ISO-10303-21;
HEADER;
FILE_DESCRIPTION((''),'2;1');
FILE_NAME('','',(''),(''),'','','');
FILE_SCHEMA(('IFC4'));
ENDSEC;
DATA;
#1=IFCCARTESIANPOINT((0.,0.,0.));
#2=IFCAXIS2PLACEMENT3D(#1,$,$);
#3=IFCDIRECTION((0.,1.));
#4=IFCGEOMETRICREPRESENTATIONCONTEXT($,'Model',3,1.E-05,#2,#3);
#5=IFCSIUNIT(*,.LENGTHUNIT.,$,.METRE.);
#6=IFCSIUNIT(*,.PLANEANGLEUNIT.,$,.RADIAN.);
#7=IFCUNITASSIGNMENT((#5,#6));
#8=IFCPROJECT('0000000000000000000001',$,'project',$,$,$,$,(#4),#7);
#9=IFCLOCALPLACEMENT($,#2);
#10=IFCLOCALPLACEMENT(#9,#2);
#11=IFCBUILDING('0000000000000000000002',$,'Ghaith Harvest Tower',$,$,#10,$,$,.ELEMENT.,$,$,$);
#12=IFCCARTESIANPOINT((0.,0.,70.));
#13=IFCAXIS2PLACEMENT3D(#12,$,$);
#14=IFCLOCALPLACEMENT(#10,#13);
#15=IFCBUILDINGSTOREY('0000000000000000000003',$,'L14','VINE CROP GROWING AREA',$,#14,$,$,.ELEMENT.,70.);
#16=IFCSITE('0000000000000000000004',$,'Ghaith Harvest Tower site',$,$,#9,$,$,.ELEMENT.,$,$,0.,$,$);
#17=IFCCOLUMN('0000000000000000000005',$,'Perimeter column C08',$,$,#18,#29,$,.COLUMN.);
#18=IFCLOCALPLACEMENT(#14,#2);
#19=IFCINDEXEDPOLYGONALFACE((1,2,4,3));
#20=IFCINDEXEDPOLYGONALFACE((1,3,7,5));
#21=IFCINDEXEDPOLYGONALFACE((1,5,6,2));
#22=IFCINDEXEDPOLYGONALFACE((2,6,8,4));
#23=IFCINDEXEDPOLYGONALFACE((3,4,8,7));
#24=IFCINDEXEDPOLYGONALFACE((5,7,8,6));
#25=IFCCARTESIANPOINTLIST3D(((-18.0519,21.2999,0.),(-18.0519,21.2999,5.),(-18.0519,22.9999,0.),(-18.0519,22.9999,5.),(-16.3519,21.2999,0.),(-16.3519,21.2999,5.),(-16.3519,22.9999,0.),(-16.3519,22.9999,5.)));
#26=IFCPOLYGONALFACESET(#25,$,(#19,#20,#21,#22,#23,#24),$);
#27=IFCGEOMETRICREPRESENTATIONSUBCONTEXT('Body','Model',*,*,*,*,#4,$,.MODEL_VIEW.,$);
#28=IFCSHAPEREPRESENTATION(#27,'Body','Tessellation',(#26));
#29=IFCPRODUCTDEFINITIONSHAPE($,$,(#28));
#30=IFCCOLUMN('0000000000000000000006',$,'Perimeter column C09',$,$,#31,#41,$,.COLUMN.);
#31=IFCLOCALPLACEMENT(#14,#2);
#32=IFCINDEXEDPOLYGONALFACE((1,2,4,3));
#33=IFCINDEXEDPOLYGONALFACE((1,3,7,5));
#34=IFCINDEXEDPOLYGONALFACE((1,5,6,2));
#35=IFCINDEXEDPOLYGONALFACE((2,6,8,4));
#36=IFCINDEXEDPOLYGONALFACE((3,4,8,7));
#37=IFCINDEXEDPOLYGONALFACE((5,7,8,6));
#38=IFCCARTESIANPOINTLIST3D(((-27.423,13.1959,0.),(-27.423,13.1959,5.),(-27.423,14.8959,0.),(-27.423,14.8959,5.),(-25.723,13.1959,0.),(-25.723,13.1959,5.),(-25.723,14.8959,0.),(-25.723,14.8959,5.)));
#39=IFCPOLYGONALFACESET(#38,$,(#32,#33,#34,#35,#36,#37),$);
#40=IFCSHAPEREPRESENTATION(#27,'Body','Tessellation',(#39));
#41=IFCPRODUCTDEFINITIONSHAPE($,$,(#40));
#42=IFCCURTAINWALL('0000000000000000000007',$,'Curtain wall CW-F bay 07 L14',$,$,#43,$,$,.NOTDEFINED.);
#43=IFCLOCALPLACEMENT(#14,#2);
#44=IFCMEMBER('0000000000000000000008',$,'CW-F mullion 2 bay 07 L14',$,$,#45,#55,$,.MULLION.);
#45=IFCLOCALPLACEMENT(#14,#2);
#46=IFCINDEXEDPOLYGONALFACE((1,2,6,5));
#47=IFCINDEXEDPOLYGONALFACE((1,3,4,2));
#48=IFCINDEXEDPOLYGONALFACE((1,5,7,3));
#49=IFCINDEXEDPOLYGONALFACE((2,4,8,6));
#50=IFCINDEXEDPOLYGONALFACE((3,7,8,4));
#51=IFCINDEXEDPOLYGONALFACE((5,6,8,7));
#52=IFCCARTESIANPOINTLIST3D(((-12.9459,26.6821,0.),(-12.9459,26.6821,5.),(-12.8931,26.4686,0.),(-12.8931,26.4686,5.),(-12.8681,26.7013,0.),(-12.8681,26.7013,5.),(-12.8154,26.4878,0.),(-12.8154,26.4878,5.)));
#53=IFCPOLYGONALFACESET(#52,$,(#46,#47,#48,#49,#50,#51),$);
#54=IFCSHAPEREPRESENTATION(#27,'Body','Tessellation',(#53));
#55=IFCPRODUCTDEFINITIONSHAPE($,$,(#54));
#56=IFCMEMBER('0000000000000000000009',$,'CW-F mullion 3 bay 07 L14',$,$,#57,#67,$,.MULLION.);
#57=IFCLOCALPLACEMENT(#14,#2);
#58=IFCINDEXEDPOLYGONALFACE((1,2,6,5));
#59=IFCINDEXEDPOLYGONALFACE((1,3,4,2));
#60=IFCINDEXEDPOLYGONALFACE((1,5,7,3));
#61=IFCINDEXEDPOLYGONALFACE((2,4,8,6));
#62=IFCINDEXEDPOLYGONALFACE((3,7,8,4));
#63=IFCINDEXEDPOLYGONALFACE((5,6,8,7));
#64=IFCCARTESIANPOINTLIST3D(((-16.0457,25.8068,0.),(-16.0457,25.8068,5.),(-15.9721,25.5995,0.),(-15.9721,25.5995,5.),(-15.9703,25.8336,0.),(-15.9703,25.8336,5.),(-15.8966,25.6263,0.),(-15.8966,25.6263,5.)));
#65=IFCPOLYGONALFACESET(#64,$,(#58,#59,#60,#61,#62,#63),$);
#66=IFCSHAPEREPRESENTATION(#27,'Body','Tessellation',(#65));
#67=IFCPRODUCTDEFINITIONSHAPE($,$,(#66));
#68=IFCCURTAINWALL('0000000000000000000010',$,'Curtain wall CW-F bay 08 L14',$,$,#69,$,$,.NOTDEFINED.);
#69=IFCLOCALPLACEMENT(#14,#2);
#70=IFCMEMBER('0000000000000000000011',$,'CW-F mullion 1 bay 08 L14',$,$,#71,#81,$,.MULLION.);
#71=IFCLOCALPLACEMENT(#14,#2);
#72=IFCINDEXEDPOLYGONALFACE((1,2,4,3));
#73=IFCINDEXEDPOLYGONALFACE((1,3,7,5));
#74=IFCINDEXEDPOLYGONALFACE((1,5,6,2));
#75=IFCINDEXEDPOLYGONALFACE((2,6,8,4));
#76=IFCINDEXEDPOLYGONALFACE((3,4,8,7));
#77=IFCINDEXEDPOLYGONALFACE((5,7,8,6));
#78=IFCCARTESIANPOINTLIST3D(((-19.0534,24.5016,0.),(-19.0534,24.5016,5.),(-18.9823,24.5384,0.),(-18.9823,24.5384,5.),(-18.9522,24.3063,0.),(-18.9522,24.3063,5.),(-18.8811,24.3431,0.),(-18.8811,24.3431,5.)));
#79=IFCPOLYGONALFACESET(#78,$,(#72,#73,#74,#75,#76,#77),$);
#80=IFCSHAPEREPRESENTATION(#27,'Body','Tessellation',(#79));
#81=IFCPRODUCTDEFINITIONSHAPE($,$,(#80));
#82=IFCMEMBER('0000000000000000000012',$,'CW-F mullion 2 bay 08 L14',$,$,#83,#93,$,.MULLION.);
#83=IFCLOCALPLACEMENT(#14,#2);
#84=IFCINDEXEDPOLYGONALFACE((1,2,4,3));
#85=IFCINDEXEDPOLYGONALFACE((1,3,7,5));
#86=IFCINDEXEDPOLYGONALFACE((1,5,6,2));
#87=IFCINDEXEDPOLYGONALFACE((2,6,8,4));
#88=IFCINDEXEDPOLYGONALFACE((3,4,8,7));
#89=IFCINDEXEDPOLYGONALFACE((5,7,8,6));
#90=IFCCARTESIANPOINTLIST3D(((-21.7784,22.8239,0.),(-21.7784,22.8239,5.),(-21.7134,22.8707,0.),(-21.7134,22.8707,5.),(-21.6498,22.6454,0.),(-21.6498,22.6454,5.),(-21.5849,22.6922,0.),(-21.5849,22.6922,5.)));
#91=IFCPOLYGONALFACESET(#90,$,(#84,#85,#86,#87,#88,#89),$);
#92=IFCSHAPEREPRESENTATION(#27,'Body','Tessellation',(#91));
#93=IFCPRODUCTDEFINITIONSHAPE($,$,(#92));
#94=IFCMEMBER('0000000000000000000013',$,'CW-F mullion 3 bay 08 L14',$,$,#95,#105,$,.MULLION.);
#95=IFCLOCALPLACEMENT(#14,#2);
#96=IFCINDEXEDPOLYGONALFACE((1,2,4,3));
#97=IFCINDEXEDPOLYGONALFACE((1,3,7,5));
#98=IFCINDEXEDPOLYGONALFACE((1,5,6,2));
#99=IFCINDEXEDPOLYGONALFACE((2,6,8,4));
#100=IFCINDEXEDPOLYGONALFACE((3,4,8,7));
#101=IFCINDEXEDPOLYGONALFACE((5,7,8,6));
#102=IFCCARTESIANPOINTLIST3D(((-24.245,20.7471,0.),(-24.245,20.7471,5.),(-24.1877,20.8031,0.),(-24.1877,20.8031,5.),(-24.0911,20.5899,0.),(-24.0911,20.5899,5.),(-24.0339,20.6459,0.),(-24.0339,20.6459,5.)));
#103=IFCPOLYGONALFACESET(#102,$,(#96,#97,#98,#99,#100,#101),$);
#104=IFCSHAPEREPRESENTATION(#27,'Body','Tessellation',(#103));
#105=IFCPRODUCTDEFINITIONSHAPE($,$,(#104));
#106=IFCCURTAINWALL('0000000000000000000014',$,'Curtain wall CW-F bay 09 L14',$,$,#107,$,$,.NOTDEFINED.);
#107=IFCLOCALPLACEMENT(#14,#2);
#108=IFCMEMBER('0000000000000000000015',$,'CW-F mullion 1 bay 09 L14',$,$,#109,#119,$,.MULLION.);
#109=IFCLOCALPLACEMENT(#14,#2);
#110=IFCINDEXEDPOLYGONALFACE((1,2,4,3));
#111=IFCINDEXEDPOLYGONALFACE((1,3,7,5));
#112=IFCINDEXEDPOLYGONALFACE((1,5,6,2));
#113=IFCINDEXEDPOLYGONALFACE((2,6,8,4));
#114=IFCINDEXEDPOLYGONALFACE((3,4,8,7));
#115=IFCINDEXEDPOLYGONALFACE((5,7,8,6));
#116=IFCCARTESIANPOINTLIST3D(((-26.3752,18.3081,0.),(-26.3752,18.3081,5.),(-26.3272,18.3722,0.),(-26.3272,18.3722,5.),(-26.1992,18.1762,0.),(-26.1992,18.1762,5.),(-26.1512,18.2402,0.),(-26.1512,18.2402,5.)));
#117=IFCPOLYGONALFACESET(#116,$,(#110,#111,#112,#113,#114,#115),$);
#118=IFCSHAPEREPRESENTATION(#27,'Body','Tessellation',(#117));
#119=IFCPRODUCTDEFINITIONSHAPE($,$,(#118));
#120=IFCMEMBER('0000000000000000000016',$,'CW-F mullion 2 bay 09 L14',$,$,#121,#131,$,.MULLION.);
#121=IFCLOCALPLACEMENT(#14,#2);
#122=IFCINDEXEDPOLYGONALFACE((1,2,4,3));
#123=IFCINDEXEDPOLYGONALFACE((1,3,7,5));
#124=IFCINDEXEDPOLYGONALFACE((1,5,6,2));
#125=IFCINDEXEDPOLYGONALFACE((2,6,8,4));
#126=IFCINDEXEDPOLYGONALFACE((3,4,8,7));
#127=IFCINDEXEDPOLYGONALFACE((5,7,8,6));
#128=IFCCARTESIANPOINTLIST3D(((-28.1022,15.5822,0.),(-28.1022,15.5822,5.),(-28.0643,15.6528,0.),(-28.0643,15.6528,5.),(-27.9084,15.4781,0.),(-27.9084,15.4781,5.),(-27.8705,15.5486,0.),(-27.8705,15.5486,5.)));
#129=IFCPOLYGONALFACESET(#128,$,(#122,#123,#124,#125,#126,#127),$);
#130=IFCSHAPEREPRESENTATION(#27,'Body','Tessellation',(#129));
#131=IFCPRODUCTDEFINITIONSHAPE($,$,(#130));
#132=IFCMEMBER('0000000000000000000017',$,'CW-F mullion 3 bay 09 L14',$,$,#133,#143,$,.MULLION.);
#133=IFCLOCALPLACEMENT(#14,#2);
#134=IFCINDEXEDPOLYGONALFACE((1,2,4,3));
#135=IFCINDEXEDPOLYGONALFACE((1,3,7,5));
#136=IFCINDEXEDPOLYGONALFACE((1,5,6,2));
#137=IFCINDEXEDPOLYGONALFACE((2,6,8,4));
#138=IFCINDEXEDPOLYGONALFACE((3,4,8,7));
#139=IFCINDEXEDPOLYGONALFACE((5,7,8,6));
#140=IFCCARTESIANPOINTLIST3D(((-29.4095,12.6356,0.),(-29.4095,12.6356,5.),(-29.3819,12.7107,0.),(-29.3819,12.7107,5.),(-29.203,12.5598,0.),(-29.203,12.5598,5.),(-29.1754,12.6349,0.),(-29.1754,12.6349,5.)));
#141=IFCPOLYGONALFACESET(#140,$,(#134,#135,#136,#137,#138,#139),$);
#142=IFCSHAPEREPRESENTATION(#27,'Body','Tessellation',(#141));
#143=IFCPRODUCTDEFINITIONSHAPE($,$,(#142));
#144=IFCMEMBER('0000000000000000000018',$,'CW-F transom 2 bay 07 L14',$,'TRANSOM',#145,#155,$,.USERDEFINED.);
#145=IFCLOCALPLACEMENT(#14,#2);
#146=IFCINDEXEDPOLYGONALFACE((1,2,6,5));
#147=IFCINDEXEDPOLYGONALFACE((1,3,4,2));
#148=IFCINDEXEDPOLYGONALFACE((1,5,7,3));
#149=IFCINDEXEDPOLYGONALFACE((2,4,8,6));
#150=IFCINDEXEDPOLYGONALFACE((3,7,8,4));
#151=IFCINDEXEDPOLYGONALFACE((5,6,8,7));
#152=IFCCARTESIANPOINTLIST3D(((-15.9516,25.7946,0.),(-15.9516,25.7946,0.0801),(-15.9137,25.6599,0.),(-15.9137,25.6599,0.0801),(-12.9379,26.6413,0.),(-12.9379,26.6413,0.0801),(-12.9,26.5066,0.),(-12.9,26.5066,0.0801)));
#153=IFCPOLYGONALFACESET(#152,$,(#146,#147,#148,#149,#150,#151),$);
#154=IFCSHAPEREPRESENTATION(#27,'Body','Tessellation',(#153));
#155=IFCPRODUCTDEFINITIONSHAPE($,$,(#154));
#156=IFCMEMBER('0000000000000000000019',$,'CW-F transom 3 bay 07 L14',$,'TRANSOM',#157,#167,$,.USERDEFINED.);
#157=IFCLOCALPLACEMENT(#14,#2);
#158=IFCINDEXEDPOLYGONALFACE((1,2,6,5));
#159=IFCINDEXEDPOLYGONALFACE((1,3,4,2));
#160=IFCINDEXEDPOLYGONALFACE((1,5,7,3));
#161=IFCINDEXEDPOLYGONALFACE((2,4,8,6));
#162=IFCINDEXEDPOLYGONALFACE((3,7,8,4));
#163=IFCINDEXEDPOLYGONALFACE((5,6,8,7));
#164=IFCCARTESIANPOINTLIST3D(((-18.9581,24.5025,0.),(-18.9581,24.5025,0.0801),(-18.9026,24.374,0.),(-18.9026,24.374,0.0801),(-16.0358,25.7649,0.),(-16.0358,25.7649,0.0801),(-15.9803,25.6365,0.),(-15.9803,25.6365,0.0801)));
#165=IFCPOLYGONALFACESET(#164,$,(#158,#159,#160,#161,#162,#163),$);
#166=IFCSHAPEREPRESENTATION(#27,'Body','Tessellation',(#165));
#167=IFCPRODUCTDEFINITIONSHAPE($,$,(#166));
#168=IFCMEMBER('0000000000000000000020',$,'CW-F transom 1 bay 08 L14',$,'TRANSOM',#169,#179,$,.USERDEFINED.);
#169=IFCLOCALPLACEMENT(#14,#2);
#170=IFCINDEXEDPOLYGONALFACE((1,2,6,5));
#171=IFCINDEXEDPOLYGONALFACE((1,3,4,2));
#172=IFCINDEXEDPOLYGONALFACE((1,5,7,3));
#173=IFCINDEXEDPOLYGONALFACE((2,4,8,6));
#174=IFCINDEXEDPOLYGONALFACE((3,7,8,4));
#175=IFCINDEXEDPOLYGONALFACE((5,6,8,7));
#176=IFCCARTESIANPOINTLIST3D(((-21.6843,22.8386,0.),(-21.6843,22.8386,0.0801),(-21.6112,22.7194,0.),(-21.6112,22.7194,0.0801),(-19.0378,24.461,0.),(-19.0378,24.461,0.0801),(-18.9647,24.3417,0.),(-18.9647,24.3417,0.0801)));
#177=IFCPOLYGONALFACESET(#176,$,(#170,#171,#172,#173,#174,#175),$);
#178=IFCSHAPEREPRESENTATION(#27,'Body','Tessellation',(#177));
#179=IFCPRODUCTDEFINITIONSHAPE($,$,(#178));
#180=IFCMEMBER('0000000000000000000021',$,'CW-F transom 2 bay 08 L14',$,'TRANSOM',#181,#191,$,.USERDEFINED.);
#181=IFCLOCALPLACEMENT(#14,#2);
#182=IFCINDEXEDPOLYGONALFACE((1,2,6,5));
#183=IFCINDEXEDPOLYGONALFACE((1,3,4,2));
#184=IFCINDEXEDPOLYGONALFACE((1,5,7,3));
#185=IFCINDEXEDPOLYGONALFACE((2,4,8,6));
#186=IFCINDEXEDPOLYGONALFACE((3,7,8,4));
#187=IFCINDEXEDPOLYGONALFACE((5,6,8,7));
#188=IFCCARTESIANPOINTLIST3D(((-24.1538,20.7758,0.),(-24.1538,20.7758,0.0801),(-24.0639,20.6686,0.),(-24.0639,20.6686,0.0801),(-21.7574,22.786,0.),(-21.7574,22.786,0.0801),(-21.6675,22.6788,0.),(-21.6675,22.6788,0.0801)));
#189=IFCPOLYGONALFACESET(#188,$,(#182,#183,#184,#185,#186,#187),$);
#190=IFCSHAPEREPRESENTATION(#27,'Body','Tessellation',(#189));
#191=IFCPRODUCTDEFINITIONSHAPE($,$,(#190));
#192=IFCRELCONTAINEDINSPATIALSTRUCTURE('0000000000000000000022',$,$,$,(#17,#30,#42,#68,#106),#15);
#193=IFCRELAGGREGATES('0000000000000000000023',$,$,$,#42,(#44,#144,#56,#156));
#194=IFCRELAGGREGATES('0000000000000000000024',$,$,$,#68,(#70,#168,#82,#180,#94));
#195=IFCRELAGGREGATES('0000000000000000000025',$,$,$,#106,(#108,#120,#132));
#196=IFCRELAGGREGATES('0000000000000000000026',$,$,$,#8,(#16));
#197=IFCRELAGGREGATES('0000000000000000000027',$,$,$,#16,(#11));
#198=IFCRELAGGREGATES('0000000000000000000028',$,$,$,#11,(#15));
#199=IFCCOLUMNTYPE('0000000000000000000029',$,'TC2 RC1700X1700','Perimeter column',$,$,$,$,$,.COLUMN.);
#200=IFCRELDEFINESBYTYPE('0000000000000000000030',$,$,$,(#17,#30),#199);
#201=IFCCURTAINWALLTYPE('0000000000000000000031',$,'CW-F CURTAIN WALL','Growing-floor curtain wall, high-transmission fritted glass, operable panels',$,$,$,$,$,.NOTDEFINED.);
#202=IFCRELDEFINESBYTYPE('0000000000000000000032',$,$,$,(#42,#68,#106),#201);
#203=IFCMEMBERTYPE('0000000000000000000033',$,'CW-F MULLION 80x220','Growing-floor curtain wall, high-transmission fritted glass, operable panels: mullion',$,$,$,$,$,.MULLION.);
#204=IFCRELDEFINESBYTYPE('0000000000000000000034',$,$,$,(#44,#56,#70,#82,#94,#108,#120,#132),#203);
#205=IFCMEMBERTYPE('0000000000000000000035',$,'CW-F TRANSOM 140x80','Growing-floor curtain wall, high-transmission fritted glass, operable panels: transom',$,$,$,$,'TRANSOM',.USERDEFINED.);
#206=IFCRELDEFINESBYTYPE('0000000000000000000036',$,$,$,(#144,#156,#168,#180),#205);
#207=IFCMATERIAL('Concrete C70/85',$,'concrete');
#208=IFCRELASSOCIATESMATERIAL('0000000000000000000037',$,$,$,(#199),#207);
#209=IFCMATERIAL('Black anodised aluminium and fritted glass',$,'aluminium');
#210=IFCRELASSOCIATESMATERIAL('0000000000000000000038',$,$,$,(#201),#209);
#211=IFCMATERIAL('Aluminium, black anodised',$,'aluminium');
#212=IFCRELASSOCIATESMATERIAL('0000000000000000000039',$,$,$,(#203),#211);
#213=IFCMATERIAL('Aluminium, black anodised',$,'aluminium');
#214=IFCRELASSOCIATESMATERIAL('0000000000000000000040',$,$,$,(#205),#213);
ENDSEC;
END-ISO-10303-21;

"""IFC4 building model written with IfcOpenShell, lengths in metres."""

from ifc_helpers import new_model, si_unit, direction, frame, origin, origin_2d, place, context, subcontext, project, spatial, rectangle, extrude, material, material_profile, profile_set, type_object, element, aggregate, save


model = new_model("IFC4")

# Units and contexts
model_context = context("Model", 3, precision=1e-05, world=origin(), true_north=direction((0.0, 1.0)))
body_context = subcontext(model_context, "Body", "Model", "MODEL_VIEW")
ifc_project = project(units=[si_unit("LENGTHUNIT", "METRE"), si_unit("PLANEANGLEUNIT", "RADIAN")], contexts=[model_context])

# Site, building, storey
site_placement = place(None, origin())
site = spatial("IfcSite", under=ifc_project, at=site_placement, Name="Ghaith Harvest Tower site", CompositionType="ELEMENT", RefElevation=0.0)
building_placement = place(site_placement, origin())
building = spatial("IfcBuilding", under=site, at=building_placement, Name="Ghaith Harvest Tower", CompositionType="ELEMENT")
storey_placement = place(building_placement, frame((0.0, 0.0, 70.0)))
storey = spatial("IfcBuildingStorey", under=building, at=storey_placement, Name="L14", Description="VINE CROP GROWING AREA", CompositionType="ELEMENT", Elevation=70.0)

# Columns
ifc_material_1 = material(Name="Concrete C70/85", Category="concrete")
ifc_material_profile_1 = material_profile(ifc_material_1, rectangle(XDim=1.7, YDim=1.7, at=origin_2d()), Name="RC1700X1700")
ifc_profile_set_1 = profile_set([ifc_material_profile_1], Name="Concrete C70/85")
column_type = type_object("IfcColumnType", Name="TC2 RC1700X1700", Description="Perimeter column", PredefinedType="COLUMN", material=ifc_profile_set_1)
for number, where, z_axis, x_axis, name in (
    (1, (-17.2019, 22.1499, 0.0), (0.0, 0.0, 1.0), (1.0, 0.0, 0.0), "Perimeter column C08"),
    (2, (-26.573, 14.0459, 0.0), (0.0, 0.0, 1.0), (1.0, 0.0, 0.0), "Perimeter column C09"),
):
    element("IfcColumn", number, at=place(storey_placement, frame(where, z_axis=z_axis, x_axis=x_axis)), inside=storey, type_object=column_type, Name=name, PredefinedType="COLUMN", context=body_context, shape_type="SweptSolid", body=[
        extrude(rectangle(XDim=1.7, YDim=1.7, at=origin_2d()), origin(), (0.0, 0.0, 1.0), 5.0),
    ])

# Curtain walls, members
ifc_material_2 = material(Name="Black anodised aluminium and fritted glass", Category="aluminium")
curtain_wall_type = type_object("IfcCurtainWallType", Name="CW-F CURTAIN WALL", Description="Growing-floor curtain wall, high-transmission fritted glass, operable panels", PredefinedType="NOTDEFINED", material=ifc_material_2)
curtain_wall_1_placement = place(storey_placement, origin())
curtain_wall_1 = element("IfcCurtainWall", 3, at=curtain_wall_1_placement, inside=storey, type_object=curtain_wall_type, Name="Curtain wall CW-F bay 07 L14", PredefinedType="NOTDEFINED")
ifc_material_3 = material(Name="Aluminium, black anodised", Category="aluminium")
ifc_material_profile_2 = material_profile(ifc_material_3, rectangle(XDim=0.0801, YDim=0.22, at=origin_2d()), Name="CW-F MULLION 80x220")
ifc_profile_set_2 = profile_set([ifc_material_profile_2], Name="Aluminium, black anodised")
member_type_1 = type_object("IfcMemberType", Name="CW-F MULLION 80x220", Description="Growing-floor curtain wall, high-transmission fritted glass, operable panels: mullion", PredefinedType="MULLION", material=ifc_profile_set_2)
member_1_placement = place(storey_placement, frame((-12.8806, 26.585, 0.0), z_axis=(0.0, 0.0, 1.0), x_axis=(-0.970825, -0.239791, 0.0)))
member_1 = element("IfcMember", 4, at=member_1_placement, type_object=member_type_1, Name="CW-F mullion 2 bay 07 L14", PredefinedType="MULLION", context=body_context, shape_type="SweptSolid", body=[
    extrude(rectangle(XDim=0.0801, YDim=0.22, at=origin_2d()), origin(), (0.0, 0.0, 1.0), 5.0),
])
member_2_placement = place(storey_placement, frame((-15.9712, 25.7166, 0.0), z_axis=(0.0, 0.0, 1.0), x_axis=(-0.942294, -0.334788, 0.0)))
member_2 = element("IfcMember", 5, at=member_2_placement, type_object=member_type_1, Name="CW-F mullion 3 bay 07 L14", PredefinedType="MULLION", context=body_context, shape_type="SweptSolid", body=[
    extrude(rectangle(XDim=0.0801, YDim=0.22, at=origin_2d()), origin(), (0.0, 0.0, 1.0), 5.0),
])
curtain_wall_2_placement = place(storey_placement, origin())
curtain_wall_2 = element("IfcCurtainWall", 6, at=curtain_wall_2_placement, inside=storey, type_object=curtain_wall_type, Name="Curtain wall CW-F bay 08 L14", PredefinedType="NOTDEFINED")
member_3_placement = place(storey_placement, frame((-18.9673, 24.4224, 0.0), z_axis=(0.0, 0.0, 1.0), x_axis=(-0.887912, -0.460013, 0.0)))
member_3 = element("IfcMember", 7, at=member_3_placement, type_object=member_type_1, Name="CW-F mullion 1 bay 08 L14", PredefinedType="MULLION", context=body_context, shape_type="SweptSolid", body=[
    extrude(rectangle(XDim=0.0801, YDim=0.22, at=origin_2d()), origin(), (0.0, 0.0, 1.0), 5.0),
])
member_4_placement = place(storey_placement, frame((-21.6816, 22.7581, 0.0), z_axis=(0.0, 0.0, 1.0), x_axis=(-0.811401, -0.58449, 0.0)))
member_4 = element("IfcMember", 8, at=member_4_placement, type_object=member_type_1, Name="CW-F mullion 2 bay 08 L14", PredefinedType="MULLION", context=body_context, shape_type="SweptSolid", body=[
    extrude(rectangle(XDim=0.0801, YDim=0.22, at=origin_2d()), origin(), (0.0, 0.0, 1.0), 5.0),
])
member_5_placement = place(storey_placement, frame((-24.1394, 20.6965, 0.0), z_axis=(0.0, 0.0, 1.0), x_axis=(-0.714663, -0.699469, 0.0)))
member_5 = element("IfcMember", 9, at=member_5_placement, type_object=member_type_1, Name="CW-F mullion 3 bay 08 L14", PredefinedType="MULLION", context=body_context, shape_type="SweptSolid", body=[
    extrude(rectangle(XDim=0.0801, YDim=0.22, at=origin_2d()), origin(), (0.0, 0.0, 1.0), 5.0),
])
curtain_wall_3_placement = place(storey_placement, origin())
curtain_wall_3 = element("IfcCurtainWall", 10, at=curtain_wall_3_placement, inside=storey, type_object=curtain_wall_type, Name="Curtain wall CW-F bay 09 L14", PredefinedType="NOTDEFINED")
member_6_placement = place(storey_placement, frame((-26.2632, 18.2742, 0.0), z_axis=(0.0, 0.0, 1.0), x_axis=(-0.599862, -0.800104, 0.0)))
member_6 = element("IfcMember", 11, at=member_6_placement, type_object=member_type_1, Name="CW-F mullion 1 bay 09 L14", PredefinedType="MULLION", context=body_context, shape_type="SweptSolid", body=[
    extrude(rectangle(XDim=0.0801, YDim=0.22, at=origin_2d()), origin(), (0.0, 0.0, 1.0), 5.0),
])
member_7_placement = place(storey_placement, frame((-27.9863, 15.5654, 0.0), z_axis=(0.0, 0.0, 1.0), x_axis=(-0.473265, -0.88092, 0.0)))
member_7 = element("IfcMember", 12, at=member_7_placement, type_object=member_type_1, Name="CW-F mullion 2 bay 09 L14", PredefinedType="MULLION", context=body_context, shape_type="SweptSolid", body=[
    extrude(rectangle(XDim=0.0801, YDim=0.22, at=origin_2d()), origin(), (0.0, 0.0, 1.0), 5.0),
])
member_8_placement = place(storey_placement, frame((-29.2925, 12.6353, 0.0), z_axis=(0.0, 0.0, 1.0), x_axis=(-0.344618, -0.938743, 0.0)))
member_8 = element("IfcMember", 13, at=member_8_placement, type_object=member_type_1, Name="CW-F mullion 3 bay 09 L14", PredefinedType="MULLION", context=body_context, shape_type="SweptSolid", body=[
    extrude(rectangle(XDim=0.0801, YDim=0.22, at=origin_2d()), origin(), (0.0, 0.0, 1.0), 5.0),
])

# Members
ifc_material_4 = material(Name="Aluminium, black anodised", Category="aluminium")
ifc_material_profile_3 = material_profile(ifc_material_4, rectangle(XDim=0.1399, YDim=0.0801, at=origin_2d()), Name="CW-F TRANSOM 140x80")
ifc_profile_set_3 = profile_set([ifc_material_profile_3], Name="Aluminium, black anodised")
member_type_2 = type_object("IfcMemberType", Name="CW-F TRANSOM 140x80", Description="Growing-floor curtain wall, high-transmission fritted glass, operable panels: transom", ElementType="TRANSOM", PredefinedType="USERDEFINED", material=ifc_profile_set_3)
member_9_placement = place(storey_placement, frame((-12.9189, 26.574, 0.04), z_axis=(-0.962727, -0.270475, 0.0), x_axis=(0.270475, -0.962727, 0.0)))
member_9 = element("IfcMember", 14, at=member_9_placement, type_object=member_type_2, Name="CW-F transom 2 bay 07 L14", ObjectType="TRANSOM", PredefinedType="USERDEFINED", context=body_context, shape_type="SweptSolid", body=[
    extrude(rectangle(XDim=0.1399, YDim=0.0801, at=origin_2d()), origin(), (0.0, 0.0, 1.0), 3.1304),
])
member_10_placement = place(storey_placement, frame((-16.0081, 25.7007, 0.04), z_axis=(-0.918003, -0.396574, 0.0), x_axis=(0.396574, -0.918003, 0.0)))
member_10 = element("IfcMember", 15, at=member_10_placement, type_object=member_type_2, Name="CW-F transom 3 bay 07 L14", ObjectType="TRANSOM", PredefinedType="USERDEFINED", context=body_context, shape_type="SweptSolid", body=[
    extrude(rectangle(XDim=0.1399, YDim=0.0801, at=origin_2d()), origin(), (0.0, 0.0, 1.0), 3.1833),
])
member_11_placement = place(storey_placement, frame((-19.0012, 24.4014, 0.04), z_axis=(-0.852562, -0.522627, 0.0), x_axis=(0.522627, -0.852562, 0.0)))
member_11 = element("IfcMember", 16, at=member_11_placement, type_object=member_type_2, Name="CW-F transom 1 bay 08 L14", ObjectType="TRANSOM", PredefinedType="USERDEFINED", context=body_context, shape_type="SweptSolid", body=[
    extrude(rectangle(XDim=0.1399, YDim=0.0801, at=origin_2d()), origin(), (0.0, 0.0, 1.0), 3.1042),
])
member_12_placement = place(storey_placement, frame((-21.7124, 22.7324, 0.04), z_axis=(-0.766144, -0.642668, 0.0), x_axis=(0.642668, -0.766144, 0.0)))
member_12 = element("IfcMember", 17, at=member_12_placement, type_object=member_type_2, Name="CW-F transom 2 bay 08 L14", ObjectType="TRANSOM", PredefinedType="USERDEFINED", context=body_context, shape_type="SweptSolid", body=[
    extrude(rectangle(XDim=0.1399, YDim=0.0801, at=origin_2d()), origin(), (0.0, 0.0, 1.0), 3.1279),
])

aggregate(curtain_wall_1, [member_1, member_9, member_2, member_10])
aggregate(curtain_wall_2, [member_3, member_11, member_4, member_12, member_5])
aggregate(curtain_wall_3, [member_6, member_7, member_8])

save(model, "model.ifc")
